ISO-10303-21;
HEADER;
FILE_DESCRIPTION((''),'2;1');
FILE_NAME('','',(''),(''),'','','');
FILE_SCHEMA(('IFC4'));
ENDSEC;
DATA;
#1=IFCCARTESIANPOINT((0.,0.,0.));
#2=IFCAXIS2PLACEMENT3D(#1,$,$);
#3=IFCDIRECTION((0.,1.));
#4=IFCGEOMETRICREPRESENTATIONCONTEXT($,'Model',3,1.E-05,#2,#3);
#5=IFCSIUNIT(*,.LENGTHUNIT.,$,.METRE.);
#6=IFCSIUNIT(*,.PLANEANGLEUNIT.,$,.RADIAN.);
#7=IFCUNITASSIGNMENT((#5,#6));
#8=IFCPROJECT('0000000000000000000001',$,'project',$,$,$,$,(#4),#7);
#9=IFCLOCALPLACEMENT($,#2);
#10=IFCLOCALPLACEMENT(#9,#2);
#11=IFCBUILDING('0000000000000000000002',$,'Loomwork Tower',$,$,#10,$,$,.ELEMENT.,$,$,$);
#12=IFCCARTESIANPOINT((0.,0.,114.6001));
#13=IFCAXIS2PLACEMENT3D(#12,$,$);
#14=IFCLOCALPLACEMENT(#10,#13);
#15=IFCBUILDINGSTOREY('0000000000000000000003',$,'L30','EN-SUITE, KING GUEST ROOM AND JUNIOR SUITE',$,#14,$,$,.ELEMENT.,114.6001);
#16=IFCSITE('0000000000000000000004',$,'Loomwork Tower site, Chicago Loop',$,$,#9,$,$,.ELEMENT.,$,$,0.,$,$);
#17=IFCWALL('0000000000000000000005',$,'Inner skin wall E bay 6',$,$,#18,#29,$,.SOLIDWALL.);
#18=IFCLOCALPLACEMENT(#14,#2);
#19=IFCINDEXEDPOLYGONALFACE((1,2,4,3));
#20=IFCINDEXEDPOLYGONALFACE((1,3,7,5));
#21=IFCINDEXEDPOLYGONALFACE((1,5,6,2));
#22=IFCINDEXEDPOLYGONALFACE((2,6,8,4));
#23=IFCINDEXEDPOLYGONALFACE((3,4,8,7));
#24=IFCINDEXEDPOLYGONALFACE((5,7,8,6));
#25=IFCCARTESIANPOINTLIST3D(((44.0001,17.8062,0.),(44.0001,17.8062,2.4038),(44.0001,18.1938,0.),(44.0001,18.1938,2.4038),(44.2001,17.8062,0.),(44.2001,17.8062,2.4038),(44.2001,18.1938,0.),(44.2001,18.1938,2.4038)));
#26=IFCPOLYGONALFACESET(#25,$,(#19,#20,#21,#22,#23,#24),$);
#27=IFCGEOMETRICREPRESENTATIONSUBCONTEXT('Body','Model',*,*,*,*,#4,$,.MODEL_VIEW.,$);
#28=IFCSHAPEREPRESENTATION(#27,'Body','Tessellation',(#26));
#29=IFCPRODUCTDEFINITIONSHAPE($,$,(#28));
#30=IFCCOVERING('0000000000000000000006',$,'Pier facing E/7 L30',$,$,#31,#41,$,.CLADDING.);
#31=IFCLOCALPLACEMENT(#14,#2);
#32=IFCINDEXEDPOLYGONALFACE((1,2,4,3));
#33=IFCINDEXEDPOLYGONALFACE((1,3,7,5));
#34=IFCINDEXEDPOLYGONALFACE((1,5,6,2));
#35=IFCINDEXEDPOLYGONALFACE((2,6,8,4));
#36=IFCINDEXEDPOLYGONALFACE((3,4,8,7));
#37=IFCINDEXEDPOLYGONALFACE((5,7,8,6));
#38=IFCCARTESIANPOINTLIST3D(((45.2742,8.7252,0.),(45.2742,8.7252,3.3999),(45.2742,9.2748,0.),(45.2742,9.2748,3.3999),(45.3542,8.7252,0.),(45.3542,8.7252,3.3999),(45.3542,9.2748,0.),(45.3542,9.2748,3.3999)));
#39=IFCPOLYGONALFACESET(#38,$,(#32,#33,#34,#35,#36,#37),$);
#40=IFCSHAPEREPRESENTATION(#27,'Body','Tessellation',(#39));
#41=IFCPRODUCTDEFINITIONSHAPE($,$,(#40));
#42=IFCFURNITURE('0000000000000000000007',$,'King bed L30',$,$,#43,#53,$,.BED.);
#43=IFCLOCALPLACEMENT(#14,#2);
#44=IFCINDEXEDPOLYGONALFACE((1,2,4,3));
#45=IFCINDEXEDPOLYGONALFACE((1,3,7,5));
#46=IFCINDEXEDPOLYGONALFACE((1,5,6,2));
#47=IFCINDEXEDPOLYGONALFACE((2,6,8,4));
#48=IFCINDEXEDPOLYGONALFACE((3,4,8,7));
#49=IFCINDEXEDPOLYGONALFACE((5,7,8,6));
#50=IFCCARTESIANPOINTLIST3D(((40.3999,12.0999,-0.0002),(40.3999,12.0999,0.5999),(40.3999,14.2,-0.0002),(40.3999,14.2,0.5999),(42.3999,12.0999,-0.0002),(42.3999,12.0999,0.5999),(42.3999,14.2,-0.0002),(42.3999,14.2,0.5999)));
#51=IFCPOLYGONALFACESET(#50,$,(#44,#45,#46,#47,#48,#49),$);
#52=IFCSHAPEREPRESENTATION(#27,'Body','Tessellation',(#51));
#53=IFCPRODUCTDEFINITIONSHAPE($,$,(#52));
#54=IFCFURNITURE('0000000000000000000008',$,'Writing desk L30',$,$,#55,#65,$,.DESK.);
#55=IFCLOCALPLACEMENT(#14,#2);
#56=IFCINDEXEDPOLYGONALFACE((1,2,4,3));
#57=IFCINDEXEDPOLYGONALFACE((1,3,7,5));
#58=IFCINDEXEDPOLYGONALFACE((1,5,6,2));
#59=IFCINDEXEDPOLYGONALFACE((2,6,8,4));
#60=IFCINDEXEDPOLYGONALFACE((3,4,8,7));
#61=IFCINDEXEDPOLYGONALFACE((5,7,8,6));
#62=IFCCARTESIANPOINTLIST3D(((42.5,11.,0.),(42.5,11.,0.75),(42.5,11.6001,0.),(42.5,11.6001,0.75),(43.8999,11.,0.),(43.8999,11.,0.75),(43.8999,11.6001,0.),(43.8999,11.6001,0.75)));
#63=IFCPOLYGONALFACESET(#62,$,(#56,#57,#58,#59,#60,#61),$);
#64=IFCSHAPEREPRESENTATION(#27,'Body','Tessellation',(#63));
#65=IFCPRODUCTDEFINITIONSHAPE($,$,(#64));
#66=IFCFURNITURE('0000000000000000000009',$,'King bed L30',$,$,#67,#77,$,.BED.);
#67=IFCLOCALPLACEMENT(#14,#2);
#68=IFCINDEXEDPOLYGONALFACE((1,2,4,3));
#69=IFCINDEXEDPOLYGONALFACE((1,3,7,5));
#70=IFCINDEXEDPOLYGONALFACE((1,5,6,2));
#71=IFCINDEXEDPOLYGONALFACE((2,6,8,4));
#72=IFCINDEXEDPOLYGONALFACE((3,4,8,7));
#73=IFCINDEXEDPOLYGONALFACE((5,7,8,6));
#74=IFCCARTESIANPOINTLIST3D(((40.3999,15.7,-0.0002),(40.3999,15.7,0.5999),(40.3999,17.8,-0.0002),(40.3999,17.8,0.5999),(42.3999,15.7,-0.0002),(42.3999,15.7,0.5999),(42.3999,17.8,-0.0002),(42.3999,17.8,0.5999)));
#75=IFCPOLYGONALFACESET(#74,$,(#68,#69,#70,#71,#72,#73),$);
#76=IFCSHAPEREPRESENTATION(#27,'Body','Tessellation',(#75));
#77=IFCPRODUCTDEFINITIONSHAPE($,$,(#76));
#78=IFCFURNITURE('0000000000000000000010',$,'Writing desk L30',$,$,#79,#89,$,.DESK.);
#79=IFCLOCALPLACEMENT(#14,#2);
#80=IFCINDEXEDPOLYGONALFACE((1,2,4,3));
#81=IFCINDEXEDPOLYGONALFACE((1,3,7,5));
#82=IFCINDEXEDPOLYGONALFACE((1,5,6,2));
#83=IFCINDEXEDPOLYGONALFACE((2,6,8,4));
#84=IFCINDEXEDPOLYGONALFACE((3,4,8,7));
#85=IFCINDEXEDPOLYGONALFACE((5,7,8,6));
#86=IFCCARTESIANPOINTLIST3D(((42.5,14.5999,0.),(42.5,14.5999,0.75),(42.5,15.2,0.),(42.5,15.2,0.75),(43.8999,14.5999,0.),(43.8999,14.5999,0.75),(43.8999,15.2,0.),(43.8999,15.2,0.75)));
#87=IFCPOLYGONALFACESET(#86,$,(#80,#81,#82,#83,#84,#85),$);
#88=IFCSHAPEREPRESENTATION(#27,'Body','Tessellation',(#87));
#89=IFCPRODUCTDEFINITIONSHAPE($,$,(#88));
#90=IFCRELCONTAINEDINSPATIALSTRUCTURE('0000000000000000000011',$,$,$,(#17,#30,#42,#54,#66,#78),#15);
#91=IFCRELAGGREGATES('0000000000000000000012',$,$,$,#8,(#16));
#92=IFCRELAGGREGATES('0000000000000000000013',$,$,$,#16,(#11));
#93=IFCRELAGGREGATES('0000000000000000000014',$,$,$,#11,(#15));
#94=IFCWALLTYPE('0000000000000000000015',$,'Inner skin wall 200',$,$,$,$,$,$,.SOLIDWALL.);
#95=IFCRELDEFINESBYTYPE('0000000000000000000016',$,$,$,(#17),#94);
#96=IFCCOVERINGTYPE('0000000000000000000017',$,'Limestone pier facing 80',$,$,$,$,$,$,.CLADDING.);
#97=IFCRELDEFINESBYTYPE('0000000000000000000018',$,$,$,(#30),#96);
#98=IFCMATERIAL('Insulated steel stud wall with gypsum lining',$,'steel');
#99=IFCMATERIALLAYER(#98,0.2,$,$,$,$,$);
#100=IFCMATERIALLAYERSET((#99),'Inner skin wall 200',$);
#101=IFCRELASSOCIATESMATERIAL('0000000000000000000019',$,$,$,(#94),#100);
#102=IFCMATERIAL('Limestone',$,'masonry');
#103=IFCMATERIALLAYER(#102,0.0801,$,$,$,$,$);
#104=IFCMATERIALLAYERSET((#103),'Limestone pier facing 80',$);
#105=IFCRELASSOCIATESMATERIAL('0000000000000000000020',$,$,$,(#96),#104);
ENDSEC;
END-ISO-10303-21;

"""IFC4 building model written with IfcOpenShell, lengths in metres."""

from ifc_helpers import new_model, si_unit, direction, frame, frame_2d, origin, origin_2d, place, context, subcontext, project, spatial, rectangle, extrude, material, layer, layer_set, type_object, element, save


model = new_model("IFC4")

# Units and contexts
model_context = context("Model", 3, precision=1e-05, world=origin(), true_north=direction((0.0, 1.0)))
body_context = subcontext(model_context, "Body", "Model", "MODEL_VIEW")
ifc_project = project(units=[si_unit("LENGTHUNIT", "METRE"), si_unit("PLANEANGLEUNIT", "RADIAN")], contexts=[model_context])

# Site, building, storey
site_placement = place(None, origin())
site = spatial("IfcSite", under=ifc_project, at=site_placement, Name="Loomwork Tower site, Chicago Loop", CompositionType="ELEMENT", RefElevation=0.0)
building_placement = place(site_placement, origin())
building = spatial("IfcBuilding", under=site, at=building_placement, Name="Loomwork Tower", CompositionType="ELEMENT")
storey_placement = place(building_placement, frame((0.0, 0.0, 114.6001)))
storey = spatial("IfcBuildingStorey", under=building, at=storey_placement, Name="L30", Description="EN-SUITE, KING GUEST ROOM AND JUNIOR SUITE", CompositionType="ELEMENT", Elevation=114.6001)

# Shared definitions
ifc_material_1 = material(Name="Insulated steel stud wall with gypsum lining", Category="steel")
ifc_layer_1 = layer(ifc_material_1, 0.2)
ifc_layer_set_1 = layer_set([ifc_layer_1], Name="Inner skin wall 200")
wall_type = type_object("IfcWallType", Name="Inner skin wall 200", PredefinedType="SOLIDWALL", material=ifc_layer_set_1)

# Wall
wall_1_placement = place(storey_placement, frame((44.1001, 17.8062, 0.0), z_axis=(0.0, 0.0, 1.0), x_axis=(0.0, 1.0, 0.0)))
element("IfcWall", 1, at=wall_1_placement, inside=storey, type_object=wall_type, Name="Inner skin wall E bay 6", PredefinedType="SOLIDWALL", context=body_context, shape_type="SweptSolid", body=[
    extrude(rectangle(XDim=0.3877, YDim=0.2, at=frame_2d((0.1938, 0.0))), origin(), (0.0, 0.0, 1.0), 2.4038),
])

# Covering
ifc_material_2 = material(Name="Limestone", Category="masonry")
ifc_layer_2 = layer(ifc_material_2, 0.0801)
ifc_layer_set_2 = layer_set([ifc_layer_2], Name="Limestone pier facing 80")
covering_type = type_object("IfcCoveringType", Name="Limestone pier facing 80", PredefinedType="CLADDING", material=ifc_layer_set_2)
covering_placement = place(storey_placement, frame((45.3142, 9.0, 0.0), z_axis=(0.0, 0.0, 1.0), x_axis=(1.0, 0.0, 0.0)))
element("IfcCovering", 2, at=covering_placement, inside=storey, type_object=covering_type, Name="Pier facing E/7 L30", PredefinedType="CLADDING", context=body_context, shape_type="SweptSolid", body=[
    extrude(rectangle(XDim=0.0801, YDim=0.5496, at=origin_2d()), origin(), (0.0, 0.0, 1.0), 3.3999),
])

# Furniture
furniture_1_placement = place(storey_placement, frame((41.3999, 13.1499, -0.0002), z_axis=(0.0, 0.0, 1.0), x_axis=(1.0, 0.0, 0.0)))
element("IfcFurniture", 3, at=furniture_1_placement, inside=storey, Name="King bed L30", PredefinedType="BED", context=body_context, shape_type="SweptSolid", body=[
    extrude(rectangle(XDim=2.0, YDim=2.1001, at=origin_2d()), origin(), (0.0, 0.0, 1.0), 0.6001),
])
furniture_2_placement = place(storey_placement, frame((43.2, 11.3, 0.0), z_axis=(0.0, 0.0, 1.0), x_axis=(1.0, 0.0, 0.0)))
element("IfcFurniture", 4, at=furniture_2_placement, inside=storey, Name="Writing desk L30", PredefinedType="DESK", context=body_context, shape_type="SweptSolid", body=[
    extrude(rectangle(XDim=1.3999, YDim=0.6001, at=origin_2d()), origin(), (0.0, 0.0, 1.0), 0.75),
])
furniture_3_placement = place(storey_placement, frame((41.3999, 16.75, -0.0002), z_axis=(0.0, 0.0, 1.0), x_axis=(1.0, 0.0, 0.0)))
element("IfcFurniture", 5, at=furniture_3_placement, inside=storey, Name="King bed L30", PredefinedType="BED", context=body_context, shape_type="SweptSolid", body=[
    extrude(rectangle(XDim=2.0, YDim=2.1001, at=origin_2d()), origin(), (0.0, 0.0, 1.0), 0.6001),
])
furniture_4_placement = place(storey_placement, frame((43.2, 14.8999, 0.0), z_axis=(0.0, 0.0, 1.0), x_axis=(1.0, 0.0, 0.0)))
element("IfcFurniture", 6, at=furniture_4_placement, inside=storey, Name="Writing desk L30", PredefinedType="DESK", context=body_context, shape_type="SweptSolid", body=[
    extrude(rectangle(XDim=1.3999, YDim=0.6001, at=origin_2d()), origin(), (0.0, 0.0, 1.0), 0.75),
])

save(model, "model.ifc")
